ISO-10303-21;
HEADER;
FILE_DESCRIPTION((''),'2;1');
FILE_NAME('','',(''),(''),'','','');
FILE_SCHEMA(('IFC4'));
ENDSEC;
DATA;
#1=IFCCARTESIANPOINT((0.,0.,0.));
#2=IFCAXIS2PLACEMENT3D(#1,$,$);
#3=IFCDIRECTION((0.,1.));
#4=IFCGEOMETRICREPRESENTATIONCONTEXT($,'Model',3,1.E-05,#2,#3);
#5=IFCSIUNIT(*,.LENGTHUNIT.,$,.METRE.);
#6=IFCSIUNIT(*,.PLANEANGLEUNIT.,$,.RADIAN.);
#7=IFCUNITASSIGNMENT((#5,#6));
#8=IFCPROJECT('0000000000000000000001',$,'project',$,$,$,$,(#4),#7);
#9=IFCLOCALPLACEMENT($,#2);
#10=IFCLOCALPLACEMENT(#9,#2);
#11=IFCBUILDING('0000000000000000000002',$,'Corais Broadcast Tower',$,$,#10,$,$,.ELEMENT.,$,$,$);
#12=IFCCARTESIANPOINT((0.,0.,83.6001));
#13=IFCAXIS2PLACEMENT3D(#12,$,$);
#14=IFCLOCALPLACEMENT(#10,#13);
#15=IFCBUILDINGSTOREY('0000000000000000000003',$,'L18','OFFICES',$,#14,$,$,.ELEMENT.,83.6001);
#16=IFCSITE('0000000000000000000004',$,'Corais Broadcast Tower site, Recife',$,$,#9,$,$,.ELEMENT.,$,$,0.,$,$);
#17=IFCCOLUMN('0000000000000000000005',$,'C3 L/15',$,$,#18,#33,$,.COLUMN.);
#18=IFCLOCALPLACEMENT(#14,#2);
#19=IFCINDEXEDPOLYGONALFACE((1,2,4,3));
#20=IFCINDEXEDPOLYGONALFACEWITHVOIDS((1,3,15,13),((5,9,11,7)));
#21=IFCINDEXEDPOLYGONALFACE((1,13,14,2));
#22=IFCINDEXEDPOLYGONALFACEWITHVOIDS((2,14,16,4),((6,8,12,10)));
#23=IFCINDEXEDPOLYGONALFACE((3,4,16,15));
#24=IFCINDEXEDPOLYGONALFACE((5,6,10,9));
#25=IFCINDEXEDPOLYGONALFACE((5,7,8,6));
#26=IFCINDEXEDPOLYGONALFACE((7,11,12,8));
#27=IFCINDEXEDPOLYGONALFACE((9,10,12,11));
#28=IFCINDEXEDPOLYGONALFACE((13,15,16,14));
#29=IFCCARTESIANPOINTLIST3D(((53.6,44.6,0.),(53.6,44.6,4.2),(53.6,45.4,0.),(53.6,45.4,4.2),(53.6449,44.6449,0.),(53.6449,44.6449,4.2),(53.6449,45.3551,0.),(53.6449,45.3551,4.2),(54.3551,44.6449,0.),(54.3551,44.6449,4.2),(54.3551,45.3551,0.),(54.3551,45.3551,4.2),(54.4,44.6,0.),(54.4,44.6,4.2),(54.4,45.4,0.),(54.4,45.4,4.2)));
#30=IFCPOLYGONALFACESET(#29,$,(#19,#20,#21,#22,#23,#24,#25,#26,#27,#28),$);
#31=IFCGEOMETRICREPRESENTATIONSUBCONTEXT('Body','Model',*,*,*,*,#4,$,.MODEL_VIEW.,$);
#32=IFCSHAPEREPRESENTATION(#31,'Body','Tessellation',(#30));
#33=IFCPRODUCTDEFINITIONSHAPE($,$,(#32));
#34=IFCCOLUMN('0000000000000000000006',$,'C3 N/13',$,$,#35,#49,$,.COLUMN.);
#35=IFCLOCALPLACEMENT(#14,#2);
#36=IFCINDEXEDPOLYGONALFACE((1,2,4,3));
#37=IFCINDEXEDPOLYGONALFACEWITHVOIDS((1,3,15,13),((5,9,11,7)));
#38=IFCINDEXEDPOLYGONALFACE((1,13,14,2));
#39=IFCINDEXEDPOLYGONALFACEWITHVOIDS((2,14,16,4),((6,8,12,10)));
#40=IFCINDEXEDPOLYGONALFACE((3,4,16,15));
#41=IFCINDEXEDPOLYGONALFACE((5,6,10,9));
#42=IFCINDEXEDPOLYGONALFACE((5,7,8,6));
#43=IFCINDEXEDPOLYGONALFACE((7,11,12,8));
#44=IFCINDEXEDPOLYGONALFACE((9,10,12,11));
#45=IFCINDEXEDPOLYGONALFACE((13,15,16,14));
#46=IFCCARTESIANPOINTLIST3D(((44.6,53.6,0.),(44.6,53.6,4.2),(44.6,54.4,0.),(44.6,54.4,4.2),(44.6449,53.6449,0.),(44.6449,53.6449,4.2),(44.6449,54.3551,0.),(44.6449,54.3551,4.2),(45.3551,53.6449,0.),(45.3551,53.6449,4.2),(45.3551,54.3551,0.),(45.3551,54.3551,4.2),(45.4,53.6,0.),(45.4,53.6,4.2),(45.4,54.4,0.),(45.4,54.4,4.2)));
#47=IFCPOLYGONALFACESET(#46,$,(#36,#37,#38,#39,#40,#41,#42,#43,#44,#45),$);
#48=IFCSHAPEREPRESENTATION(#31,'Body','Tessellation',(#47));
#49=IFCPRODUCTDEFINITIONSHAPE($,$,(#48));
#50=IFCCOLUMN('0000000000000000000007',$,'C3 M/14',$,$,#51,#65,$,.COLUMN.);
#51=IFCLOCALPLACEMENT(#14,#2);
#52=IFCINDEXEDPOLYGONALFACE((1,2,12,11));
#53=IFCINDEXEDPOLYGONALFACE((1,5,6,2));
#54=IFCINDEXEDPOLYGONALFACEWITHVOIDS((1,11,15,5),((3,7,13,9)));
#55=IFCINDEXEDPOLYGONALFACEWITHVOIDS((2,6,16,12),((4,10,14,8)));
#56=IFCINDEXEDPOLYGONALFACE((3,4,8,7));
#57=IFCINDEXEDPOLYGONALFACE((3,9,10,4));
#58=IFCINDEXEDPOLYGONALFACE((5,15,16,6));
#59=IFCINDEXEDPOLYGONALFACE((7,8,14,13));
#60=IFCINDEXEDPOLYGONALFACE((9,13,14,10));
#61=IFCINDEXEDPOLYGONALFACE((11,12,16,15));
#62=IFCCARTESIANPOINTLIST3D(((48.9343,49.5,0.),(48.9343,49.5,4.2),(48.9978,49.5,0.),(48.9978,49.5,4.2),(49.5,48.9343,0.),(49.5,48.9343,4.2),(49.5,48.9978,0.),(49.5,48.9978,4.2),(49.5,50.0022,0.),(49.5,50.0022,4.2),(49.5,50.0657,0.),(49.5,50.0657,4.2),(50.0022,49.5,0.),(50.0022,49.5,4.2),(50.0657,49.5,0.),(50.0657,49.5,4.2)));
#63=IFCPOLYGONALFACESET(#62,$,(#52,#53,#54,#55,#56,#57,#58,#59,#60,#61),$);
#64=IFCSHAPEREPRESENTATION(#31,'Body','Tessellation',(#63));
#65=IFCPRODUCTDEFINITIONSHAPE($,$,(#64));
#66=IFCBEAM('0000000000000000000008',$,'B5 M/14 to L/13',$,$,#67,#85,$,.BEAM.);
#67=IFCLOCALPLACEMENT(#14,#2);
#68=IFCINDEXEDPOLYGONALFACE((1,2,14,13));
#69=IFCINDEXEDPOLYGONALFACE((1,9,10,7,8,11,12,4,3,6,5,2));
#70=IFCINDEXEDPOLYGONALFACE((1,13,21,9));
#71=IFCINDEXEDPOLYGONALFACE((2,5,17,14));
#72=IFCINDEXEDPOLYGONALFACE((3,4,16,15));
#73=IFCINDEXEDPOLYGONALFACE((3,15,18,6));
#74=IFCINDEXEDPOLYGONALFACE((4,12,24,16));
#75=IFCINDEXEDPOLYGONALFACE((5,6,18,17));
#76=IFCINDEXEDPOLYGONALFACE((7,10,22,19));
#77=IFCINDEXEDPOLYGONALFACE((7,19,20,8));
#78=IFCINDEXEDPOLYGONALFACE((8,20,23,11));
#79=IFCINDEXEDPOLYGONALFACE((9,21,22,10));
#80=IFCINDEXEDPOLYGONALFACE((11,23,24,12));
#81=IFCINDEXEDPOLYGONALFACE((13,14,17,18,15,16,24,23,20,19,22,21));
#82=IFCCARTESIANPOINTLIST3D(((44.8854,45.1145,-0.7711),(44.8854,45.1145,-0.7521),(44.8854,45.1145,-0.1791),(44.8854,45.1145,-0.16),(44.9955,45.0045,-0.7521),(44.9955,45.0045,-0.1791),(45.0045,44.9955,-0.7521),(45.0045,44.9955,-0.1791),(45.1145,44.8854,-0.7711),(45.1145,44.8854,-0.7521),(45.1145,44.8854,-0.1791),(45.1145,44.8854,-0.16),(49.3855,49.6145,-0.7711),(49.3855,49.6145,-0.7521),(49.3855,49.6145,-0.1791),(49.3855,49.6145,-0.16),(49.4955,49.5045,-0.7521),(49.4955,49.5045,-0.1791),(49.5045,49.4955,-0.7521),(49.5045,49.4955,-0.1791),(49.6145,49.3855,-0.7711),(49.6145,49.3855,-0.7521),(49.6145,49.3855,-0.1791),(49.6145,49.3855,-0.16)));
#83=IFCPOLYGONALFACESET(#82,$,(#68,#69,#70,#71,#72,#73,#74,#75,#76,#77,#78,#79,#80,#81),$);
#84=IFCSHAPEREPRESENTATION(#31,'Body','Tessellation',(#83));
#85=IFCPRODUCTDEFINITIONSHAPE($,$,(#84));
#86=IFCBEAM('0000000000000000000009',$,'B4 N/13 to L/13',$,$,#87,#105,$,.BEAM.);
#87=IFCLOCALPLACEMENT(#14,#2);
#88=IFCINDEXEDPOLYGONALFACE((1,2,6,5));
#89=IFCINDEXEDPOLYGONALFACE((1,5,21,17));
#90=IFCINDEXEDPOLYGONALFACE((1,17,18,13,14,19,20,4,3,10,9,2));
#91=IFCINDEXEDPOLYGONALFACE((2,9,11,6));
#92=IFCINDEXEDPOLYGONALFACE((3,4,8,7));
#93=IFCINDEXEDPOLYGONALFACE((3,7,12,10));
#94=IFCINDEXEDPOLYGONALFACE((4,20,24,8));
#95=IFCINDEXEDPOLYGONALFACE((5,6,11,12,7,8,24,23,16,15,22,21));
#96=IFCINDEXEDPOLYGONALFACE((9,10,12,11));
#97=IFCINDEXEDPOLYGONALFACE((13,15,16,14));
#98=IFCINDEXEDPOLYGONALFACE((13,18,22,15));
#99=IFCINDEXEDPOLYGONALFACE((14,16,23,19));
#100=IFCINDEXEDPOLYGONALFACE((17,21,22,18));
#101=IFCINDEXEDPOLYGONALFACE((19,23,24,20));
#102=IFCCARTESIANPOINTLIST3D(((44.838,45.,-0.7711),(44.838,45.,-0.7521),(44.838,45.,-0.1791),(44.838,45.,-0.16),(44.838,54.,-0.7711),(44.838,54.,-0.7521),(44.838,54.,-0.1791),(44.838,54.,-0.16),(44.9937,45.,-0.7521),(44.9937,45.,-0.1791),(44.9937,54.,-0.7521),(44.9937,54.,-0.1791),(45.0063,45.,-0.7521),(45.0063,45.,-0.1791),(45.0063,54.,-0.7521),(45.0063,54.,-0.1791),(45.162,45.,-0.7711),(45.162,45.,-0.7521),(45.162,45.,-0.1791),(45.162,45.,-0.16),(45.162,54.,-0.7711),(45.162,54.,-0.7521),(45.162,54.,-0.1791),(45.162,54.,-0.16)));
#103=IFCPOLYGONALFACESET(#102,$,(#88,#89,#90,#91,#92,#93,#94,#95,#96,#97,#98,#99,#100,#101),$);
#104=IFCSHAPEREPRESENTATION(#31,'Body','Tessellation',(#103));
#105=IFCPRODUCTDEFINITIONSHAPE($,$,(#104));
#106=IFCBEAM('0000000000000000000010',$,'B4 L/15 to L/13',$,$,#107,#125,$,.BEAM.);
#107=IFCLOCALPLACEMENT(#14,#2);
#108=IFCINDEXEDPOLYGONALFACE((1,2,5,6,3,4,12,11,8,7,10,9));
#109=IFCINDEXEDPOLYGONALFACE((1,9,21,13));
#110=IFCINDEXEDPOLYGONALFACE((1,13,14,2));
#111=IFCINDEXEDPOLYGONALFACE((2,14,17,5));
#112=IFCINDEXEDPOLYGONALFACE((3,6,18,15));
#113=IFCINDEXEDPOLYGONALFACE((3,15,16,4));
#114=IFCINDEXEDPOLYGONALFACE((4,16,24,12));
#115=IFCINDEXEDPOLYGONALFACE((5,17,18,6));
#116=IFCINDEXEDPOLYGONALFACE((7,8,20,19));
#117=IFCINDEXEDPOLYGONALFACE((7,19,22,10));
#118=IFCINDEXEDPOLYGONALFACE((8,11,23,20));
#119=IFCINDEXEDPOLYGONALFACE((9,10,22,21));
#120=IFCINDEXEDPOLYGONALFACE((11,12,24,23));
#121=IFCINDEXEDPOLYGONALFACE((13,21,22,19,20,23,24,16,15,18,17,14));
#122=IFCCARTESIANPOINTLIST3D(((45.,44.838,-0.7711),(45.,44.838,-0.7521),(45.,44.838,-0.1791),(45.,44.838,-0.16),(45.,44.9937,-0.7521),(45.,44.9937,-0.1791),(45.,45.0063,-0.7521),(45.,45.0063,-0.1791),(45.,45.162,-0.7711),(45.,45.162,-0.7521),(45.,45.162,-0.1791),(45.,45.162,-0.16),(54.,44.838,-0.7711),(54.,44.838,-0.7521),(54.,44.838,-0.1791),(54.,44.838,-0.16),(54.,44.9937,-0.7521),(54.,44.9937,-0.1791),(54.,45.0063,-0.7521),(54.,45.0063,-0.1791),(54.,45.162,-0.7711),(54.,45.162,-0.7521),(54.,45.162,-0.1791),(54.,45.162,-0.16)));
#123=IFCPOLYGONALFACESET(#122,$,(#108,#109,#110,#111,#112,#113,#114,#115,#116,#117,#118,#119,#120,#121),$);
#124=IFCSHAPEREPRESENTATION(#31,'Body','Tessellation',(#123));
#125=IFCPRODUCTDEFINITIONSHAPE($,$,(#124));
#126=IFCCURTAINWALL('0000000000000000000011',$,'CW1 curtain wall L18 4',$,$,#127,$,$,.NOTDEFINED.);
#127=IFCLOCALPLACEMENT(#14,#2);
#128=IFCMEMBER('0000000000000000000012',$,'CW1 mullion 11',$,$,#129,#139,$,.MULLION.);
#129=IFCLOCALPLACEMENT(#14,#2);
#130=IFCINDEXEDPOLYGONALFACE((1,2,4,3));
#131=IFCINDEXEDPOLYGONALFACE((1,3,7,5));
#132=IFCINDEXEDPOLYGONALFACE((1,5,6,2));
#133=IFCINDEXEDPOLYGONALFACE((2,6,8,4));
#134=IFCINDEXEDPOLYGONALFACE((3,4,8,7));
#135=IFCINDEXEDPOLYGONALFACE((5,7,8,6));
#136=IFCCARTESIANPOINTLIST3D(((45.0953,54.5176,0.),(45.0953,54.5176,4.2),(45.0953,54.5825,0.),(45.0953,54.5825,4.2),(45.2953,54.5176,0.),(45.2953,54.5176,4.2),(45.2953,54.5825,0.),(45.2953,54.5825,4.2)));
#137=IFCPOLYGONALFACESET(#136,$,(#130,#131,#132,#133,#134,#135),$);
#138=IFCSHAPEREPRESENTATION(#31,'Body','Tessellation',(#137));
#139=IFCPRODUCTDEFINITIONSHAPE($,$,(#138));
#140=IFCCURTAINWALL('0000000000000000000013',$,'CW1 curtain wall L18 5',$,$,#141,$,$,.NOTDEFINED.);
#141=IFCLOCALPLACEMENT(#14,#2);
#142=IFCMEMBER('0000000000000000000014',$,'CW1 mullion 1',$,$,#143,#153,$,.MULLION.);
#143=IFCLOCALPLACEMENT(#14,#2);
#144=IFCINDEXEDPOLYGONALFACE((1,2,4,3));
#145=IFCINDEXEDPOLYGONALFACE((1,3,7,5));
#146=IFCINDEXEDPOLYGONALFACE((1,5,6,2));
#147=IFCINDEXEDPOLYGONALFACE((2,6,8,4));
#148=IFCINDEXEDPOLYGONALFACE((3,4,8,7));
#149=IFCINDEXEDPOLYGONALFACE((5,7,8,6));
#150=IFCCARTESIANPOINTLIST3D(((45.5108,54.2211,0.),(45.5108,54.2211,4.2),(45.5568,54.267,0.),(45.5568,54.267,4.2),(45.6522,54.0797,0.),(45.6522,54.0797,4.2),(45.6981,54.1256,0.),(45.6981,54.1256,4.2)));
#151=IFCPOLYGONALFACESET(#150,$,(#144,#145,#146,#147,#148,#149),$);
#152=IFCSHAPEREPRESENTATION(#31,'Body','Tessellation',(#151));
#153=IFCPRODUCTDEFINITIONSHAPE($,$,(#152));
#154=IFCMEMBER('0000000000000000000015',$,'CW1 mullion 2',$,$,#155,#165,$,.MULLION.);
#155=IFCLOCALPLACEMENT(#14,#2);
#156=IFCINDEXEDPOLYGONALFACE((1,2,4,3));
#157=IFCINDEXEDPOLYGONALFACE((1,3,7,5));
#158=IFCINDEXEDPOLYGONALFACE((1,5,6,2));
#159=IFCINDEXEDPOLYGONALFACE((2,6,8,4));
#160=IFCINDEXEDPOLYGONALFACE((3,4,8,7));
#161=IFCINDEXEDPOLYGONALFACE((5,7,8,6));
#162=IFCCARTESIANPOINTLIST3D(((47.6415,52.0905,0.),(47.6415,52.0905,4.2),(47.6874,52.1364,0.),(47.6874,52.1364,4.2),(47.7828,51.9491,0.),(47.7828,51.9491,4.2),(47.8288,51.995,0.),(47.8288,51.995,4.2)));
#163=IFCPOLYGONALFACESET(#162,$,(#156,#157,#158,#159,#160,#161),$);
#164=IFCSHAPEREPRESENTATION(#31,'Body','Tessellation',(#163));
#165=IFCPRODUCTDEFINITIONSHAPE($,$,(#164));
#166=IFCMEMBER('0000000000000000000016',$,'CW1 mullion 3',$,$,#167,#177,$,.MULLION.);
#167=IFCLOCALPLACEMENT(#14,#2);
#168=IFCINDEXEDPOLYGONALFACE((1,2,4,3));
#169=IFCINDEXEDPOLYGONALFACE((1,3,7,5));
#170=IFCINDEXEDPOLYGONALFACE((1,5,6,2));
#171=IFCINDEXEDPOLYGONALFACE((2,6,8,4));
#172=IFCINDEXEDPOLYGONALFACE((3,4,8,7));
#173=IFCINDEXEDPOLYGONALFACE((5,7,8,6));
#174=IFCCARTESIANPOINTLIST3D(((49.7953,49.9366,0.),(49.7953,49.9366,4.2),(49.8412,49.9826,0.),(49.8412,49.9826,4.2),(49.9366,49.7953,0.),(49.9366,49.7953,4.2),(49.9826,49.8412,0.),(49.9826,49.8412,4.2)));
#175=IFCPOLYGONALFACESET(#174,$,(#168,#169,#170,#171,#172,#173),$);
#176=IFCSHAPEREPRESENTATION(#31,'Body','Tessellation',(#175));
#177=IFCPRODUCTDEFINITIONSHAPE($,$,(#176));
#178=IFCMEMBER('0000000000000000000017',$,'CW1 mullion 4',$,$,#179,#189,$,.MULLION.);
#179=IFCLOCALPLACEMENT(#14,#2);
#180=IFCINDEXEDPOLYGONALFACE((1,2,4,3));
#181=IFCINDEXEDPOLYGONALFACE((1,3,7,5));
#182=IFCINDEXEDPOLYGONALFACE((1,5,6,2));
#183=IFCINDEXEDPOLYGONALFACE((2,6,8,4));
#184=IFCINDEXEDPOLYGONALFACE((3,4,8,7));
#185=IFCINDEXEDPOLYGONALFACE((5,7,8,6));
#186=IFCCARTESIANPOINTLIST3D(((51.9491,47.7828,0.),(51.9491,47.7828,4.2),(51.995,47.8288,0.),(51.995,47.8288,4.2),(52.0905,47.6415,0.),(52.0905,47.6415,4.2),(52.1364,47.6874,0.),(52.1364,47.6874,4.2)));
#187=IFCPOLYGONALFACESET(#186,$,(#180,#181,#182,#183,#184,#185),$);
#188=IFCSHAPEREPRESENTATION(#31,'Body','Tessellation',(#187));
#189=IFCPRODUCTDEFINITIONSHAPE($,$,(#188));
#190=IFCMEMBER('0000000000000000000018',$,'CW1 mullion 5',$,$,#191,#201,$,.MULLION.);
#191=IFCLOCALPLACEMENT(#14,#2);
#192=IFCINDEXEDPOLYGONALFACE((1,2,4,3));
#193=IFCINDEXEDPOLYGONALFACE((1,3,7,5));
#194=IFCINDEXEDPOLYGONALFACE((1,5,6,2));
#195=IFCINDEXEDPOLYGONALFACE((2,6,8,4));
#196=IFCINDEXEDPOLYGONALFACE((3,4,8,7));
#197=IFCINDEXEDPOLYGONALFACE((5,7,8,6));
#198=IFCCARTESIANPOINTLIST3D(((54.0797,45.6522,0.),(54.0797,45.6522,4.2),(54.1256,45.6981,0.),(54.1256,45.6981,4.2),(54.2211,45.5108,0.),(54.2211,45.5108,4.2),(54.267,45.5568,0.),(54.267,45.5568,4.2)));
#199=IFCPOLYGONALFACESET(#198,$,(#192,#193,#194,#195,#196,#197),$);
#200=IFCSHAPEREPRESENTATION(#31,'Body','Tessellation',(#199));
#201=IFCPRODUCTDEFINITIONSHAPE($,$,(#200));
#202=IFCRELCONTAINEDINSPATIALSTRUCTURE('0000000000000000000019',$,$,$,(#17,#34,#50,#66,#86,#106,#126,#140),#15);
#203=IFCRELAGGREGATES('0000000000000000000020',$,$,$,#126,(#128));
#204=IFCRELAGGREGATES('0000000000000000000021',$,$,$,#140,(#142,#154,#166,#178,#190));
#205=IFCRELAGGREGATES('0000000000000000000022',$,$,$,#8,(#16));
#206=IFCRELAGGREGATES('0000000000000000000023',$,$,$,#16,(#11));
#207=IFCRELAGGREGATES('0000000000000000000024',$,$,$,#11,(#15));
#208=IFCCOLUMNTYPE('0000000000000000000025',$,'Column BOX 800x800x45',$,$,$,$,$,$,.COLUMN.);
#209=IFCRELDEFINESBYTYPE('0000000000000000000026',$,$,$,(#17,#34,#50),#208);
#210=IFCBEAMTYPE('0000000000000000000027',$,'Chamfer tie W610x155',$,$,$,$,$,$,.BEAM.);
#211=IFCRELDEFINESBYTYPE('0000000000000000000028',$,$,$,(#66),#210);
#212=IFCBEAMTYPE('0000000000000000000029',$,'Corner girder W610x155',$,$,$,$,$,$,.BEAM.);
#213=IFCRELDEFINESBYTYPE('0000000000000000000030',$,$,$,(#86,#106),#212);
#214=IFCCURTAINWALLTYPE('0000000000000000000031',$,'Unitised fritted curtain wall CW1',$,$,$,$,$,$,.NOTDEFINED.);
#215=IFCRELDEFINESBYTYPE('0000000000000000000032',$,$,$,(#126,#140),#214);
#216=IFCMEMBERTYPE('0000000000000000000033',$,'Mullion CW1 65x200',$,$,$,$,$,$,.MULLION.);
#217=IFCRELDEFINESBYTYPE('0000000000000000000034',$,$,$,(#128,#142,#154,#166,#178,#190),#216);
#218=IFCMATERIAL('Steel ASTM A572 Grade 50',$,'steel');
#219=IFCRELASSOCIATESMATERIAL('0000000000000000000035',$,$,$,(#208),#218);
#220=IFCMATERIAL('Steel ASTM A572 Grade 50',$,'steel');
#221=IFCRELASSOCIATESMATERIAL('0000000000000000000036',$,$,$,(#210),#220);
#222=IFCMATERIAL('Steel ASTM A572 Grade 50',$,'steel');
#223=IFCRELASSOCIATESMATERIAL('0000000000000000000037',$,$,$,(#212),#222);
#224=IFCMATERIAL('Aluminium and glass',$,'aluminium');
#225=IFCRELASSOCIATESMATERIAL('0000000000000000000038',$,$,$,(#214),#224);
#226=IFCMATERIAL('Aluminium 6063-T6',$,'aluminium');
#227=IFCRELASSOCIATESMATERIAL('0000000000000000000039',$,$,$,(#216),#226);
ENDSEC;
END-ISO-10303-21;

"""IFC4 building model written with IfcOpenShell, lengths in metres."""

from ifc_helpers import new_model, si_unit, direction, frame, origin, origin_2d, place, context, subcontext, project, spatial, rectangle, hollow_rectangle, i_section, extrude, material, material_profile, profile_set, type_object, element, aggregate, save


model = new_model("IFC4")

# Units and contexts
model_context = context("Model", 3, precision=1e-05, world=origin(), true_north=direction((0.0, 1.0)))
body_context = subcontext(model_context, "Body", "Model", "MODEL_VIEW")
ifc_project = project(units=[si_unit("LENGTHUNIT", "METRE"), si_unit("PLANEANGLEUNIT", "RADIAN")], contexts=[model_context])

# Site, building, storey
site_placement = place(None, origin())
site = spatial("IfcSite", under=ifc_project, at=site_placement, Name="Corais Broadcast Tower site, Recife", CompositionType="ELEMENT", RefElevation=0.0)
building_placement = place(site_placement, origin())
building = spatial("IfcBuilding", under=site, at=building_placement, Name="Corais Broadcast Tower", CompositionType="ELEMENT")
storey_placement = place(building_placement, frame((0.0, 0.0, 83.6001)))
storey = spatial("IfcBuildingStorey", under=building, at=storey_placement, Name="L18", Description="OFFICES", CompositionType="ELEMENT", Elevation=83.6001)

# Columns
ifc_material_1 = material(Name="Steel ASTM A572 Grade 50", Category="steel")
ifc_material_profile_1 = material_profile(ifc_material_1, hollow_rectangle(XDim=0.8, YDim=0.8, WallThickness=0.0449, at=origin_2d()), Name="BOX 800x800x45")
ifc_profile_set_1 = profile_set([ifc_material_profile_1], Name="Steel ASTM A572 Grade 50")
column_type = type_object("IfcColumnType", Name="Column BOX 800x800x45", PredefinedType="COLUMN", material=ifc_profile_set_1)
for number, where, z_axis, x_axis, name in (
    (1, (54.0, 45.0, 0.0), (0.0, 0.0, 1.0), (1.0, 0.0, 0.0), "C3 L/15"),
    (2, (45.0, 54.0, 0.0), (0.0, 0.0, 1.0), (1.0, 0.0, 0.0), "C3 N/13"),
    (3, (49.5, 49.5, 0.0), (0.0, 0.0, 1.0), (0.707107, 0.707107, 0.0), "C3 M/14"),
):
    element("IfcColumn", number, at=place(storey_placement, frame(where, z_axis=z_axis, x_axis=x_axis)), inside=storey, type_object=column_type, Name=name, PredefinedType="COLUMN", context=body_context, shape_type="SweptSolid", body=[
        extrude(hollow_rectangle(XDim=0.8, YDim=0.8, WallThickness=0.0449, at=origin_2d()), origin(), (0.0, 0.0, 1.0), 4.2),
    ])

# Beams
ifc_material_2 = material(Name="Steel ASTM A572 Grade 50", Category="steel")
ifc_material_profile_2 = material_profile(ifc_material_2, i_section(OverallWidth=0.324, OverallDepth=0.6111, WebThickness=0.0127, FlangeThickness=0.019, at=origin_2d()), Name="W610x155")
ifc_profile_set_2 = profile_set([ifc_material_profile_2], Name="Steel ASTM A572 Grade 50")
beam_type_1 = type_object("IfcBeamType", Name="Chamfer tie W610x155", PredefinedType="BEAM", material=ifc_profile_set_2)
beam_1_placement = place(storey_placement, frame((49.5, 49.5, -0.4656), z_axis=(-0.707107, -0.707107, 0.0), x_axis=(0.707107, -0.707107, 0.0)))
element("IfcBeam", 4, at=beam_1_placement, inside=storey, type_object=beam_type_1, Name="B5 M/14 to L/13", PredefinedType="BEAM", context=body_context, shape_type="SweptSolid", body=[
    extrude(i_section(OverallWidth=0.324, OverallDepth=0.6111, WebThickness=0.0127, FlangeThickness=0.019, at=origin_2d()), origin(), (0.0, 0.0, 1.0), 6.364),
])
ifc_material_3 = material(Name="Steel ASTM A572 Grade 50", Category="steel")
ifc_material_profile_3 = material_profile(ifc_material_3, i_section(OverallWidth=0.324, OverallDepth=0.6111, WebThickness=0.0127, FlangeThickness=0.019, at=origin_2d()), Name="W610x155")
ifc_profile_set_3 = profile_set([ifc_material_profile_3], Name="Steel ASTM A572 Grade 50")
beam_type_2 = type_object("IfcBeamType", Name="Corner girder W610x155", PredefinedType="BEAM", material=ifc_profile_set_3)
for number, where, z_axis, x_axis, name in (
    (5, (45.0, 54.0, -0.4656), (0.0, -1.0, 0.0), (1.0, 0.0, 0.0), "B4 N/13 to L/13"),
    (6, (54.0, 45.0, -0.4656), (-1.0, 0.0, 0.0), (0.0, -1.0, 0.0), "B4 L/15 to L/13"),
):
    element("IfcBeam", number, at=place(storey_placement, frame(where, z_axis=z_axis, x_axis=x_axis)), inside=storey, type_object=beam_type_2, Name=name, PredefinedType="BEAM", context=body_context, shape_type="SweptSolid", body=[
        extrude(i_section(OverallWidth=0.324, OverallDepth=0.6111, WebThickness=0.0127, FlangeThickness=0.019, at=origin_2d()), origin(), (0.0, 0.0, 1.0), 9.0),
    ])

# Curtain wall, member
ifc_material_4 = material(Name="Aluminium and glass", Category="aluminium")
curtain_wall_type = type_object("IfcCurtainWallType", Name="Unitised fritted curtain wall CW1", PredefinedType="NOTDEFINED", material=ifc_material_4)
curtain_wall_1_placement = place(storey_placement, origin())
curtain_wall_1 = element("IfcCurtainWall", 7, at=curtain_wall_1_placement, inside=storey, type_object=curtain_wall_type, Name="CW1 curtain wall L18 4", PredefinedType="NOTDEFINED")
ifc_material_5 = material(Name="Aluminium 6063-T6", Category="aluminium")
ifc_material_profile_4 = material_profile(ifc_material_5, rectangle(XDim=0.0649, YDim=0.2, at=origin_2d()), Name="Mullion CW1 65x200")
ifc_profile_set_4 = profile_set([ifc_material_profile_4], Name="Aluminium 6063-T6")
member_type_1 = type_object("IfcMemberType", Name="Mullion CW1 65x200", PredefinedType="MULLION", material=ifc_profile_set_4)
member_1_placement = place(storey_placement, frame((45.1953, 54.55, 0.0), z_axis=(0.0, 0.0, 1.0), x_axis=(0.0, 1.0, 0.0)))
member_1 = element("IfcMember", 8, at=member_1_placement, type_object=member_type_1, Name="CW1 mullion 11", PredefinedType="MULLION", context=body_context, shape_type="SweptSolid", body=[
    extrude(rectangle(XDim=0.0649, YDim=0.2, at=origin_2d()), origin(), (0.0, 0.0, 1.0), 4.2),
])
aggregate(curtain_wall_1, [member_1])

# Curtain wall, members
curtain_wall_2_placement = place(storey_placement, origin())
curtain_wall_2 = element("IfcCurtainWall", 9, at=curtain_wall_2_placement, inside=storey, type_object=curtain_wall_type, Name="CW1 curtain wall L18 5", PredefinedType="NOTDEFINED")
member_2_placement = place(storey_placement, frame((45.6045, 54.1733, 0.0), z_axis=(0.0, 0.0, 1.0), x_axis=(0.707107, 0.707107, 0.0)))
member_2 = element("IfcMember", 10, at=member_2_placement, type_object=member_type_1, Name="CW1 mullion 1", PredefinedType="MULLION", context=body_context, shape_type="SweptSolid", body=[
    extrude(rectangle(XDim=0.0649, YDim=0.2, at=origin_2d()), origin(), (0.0, 0.0, 1.0), 4.2),
])
member_3_placement = place(storey_placement, frame((47.7351, 52.0427, 0.0), z_axis=(0.0, 0.0, 1.0), x_axis=(0.707107, 0.707107, 0.0)))
member_3 = element("IfcMember", 11, at=member_3_placement, type_object=member_type_1, Name="CW1 mullion 2", PredefinedType="MULLION", context=body_context, shape_type="SweptSolid", body=[
    extrude(rectangle(XDim=0.0649, YDim=0.2, at=origin_2d()), origin(), (0.0, 0.0, 1.0), 4.2),
])
member_4_placement = place(storey_placement, frame((49.8889, 49.8889, 0.0), z_axis=(0.0, 0.0, 1.0), x_axis=(0.707107, 0.707107, 0.0)))
member_4 = element("IfcMember", 12, at=member_4_placement, type_object=member_type_1, Name="CW1 mullion 3", PredefinedType="MULLION", context=body_context, shape_type="SweptSolid", body=[
    extrude(rectangle(XDim=0.0649, YDim=0.2, at=origin_2d()), origin(), (0.0, 0.0, 1.0), 4.2),
])
member_5_placement = place(storey_placement, frame((52.0427, 47.7351, 0.0), z_axis=(0.0, 0.0, 1.0), x_axis=(0.707107, 0.707107, 0.0)))
member_5 = element("IfcMember", 13, at=member_5_placement, type_object=member_type_1, Name="CW1 mullion 4", PredefinedType="MULLION", context=body_context, shape_type="SweptSolid", body=[
    extrude(rectangle(XDim=0.0649, YDim=0.2, at=origin_2d()), origin(), (0.0, 0.0, 1.0), 4.2),
])
member_6_placement = place(storey_placement, frame((54.1733, 45.6045, 0.0), z_axis=(0.0, 0.0, 1.0), x_axis=(0.707107, 0.707107, 0.0)))
member_6 = element("IfcMember", 14, at=member_6_placement, type_object=member_type_1, Name="CW1 mullion 5", PredefinedType="MULLION", context=body_context, shape_type="SweptSolid", body=[
    extrude(rectangle(XDim=0.0649, YDim=0.2, at=origin_2d()), origin(), (0.0, 0.0, 1.0), 4.2),
])

aggregate(curtain_wall_2, [member_2, member_3, member_4, member_5, member_6])

save(model, "model.ifc")
